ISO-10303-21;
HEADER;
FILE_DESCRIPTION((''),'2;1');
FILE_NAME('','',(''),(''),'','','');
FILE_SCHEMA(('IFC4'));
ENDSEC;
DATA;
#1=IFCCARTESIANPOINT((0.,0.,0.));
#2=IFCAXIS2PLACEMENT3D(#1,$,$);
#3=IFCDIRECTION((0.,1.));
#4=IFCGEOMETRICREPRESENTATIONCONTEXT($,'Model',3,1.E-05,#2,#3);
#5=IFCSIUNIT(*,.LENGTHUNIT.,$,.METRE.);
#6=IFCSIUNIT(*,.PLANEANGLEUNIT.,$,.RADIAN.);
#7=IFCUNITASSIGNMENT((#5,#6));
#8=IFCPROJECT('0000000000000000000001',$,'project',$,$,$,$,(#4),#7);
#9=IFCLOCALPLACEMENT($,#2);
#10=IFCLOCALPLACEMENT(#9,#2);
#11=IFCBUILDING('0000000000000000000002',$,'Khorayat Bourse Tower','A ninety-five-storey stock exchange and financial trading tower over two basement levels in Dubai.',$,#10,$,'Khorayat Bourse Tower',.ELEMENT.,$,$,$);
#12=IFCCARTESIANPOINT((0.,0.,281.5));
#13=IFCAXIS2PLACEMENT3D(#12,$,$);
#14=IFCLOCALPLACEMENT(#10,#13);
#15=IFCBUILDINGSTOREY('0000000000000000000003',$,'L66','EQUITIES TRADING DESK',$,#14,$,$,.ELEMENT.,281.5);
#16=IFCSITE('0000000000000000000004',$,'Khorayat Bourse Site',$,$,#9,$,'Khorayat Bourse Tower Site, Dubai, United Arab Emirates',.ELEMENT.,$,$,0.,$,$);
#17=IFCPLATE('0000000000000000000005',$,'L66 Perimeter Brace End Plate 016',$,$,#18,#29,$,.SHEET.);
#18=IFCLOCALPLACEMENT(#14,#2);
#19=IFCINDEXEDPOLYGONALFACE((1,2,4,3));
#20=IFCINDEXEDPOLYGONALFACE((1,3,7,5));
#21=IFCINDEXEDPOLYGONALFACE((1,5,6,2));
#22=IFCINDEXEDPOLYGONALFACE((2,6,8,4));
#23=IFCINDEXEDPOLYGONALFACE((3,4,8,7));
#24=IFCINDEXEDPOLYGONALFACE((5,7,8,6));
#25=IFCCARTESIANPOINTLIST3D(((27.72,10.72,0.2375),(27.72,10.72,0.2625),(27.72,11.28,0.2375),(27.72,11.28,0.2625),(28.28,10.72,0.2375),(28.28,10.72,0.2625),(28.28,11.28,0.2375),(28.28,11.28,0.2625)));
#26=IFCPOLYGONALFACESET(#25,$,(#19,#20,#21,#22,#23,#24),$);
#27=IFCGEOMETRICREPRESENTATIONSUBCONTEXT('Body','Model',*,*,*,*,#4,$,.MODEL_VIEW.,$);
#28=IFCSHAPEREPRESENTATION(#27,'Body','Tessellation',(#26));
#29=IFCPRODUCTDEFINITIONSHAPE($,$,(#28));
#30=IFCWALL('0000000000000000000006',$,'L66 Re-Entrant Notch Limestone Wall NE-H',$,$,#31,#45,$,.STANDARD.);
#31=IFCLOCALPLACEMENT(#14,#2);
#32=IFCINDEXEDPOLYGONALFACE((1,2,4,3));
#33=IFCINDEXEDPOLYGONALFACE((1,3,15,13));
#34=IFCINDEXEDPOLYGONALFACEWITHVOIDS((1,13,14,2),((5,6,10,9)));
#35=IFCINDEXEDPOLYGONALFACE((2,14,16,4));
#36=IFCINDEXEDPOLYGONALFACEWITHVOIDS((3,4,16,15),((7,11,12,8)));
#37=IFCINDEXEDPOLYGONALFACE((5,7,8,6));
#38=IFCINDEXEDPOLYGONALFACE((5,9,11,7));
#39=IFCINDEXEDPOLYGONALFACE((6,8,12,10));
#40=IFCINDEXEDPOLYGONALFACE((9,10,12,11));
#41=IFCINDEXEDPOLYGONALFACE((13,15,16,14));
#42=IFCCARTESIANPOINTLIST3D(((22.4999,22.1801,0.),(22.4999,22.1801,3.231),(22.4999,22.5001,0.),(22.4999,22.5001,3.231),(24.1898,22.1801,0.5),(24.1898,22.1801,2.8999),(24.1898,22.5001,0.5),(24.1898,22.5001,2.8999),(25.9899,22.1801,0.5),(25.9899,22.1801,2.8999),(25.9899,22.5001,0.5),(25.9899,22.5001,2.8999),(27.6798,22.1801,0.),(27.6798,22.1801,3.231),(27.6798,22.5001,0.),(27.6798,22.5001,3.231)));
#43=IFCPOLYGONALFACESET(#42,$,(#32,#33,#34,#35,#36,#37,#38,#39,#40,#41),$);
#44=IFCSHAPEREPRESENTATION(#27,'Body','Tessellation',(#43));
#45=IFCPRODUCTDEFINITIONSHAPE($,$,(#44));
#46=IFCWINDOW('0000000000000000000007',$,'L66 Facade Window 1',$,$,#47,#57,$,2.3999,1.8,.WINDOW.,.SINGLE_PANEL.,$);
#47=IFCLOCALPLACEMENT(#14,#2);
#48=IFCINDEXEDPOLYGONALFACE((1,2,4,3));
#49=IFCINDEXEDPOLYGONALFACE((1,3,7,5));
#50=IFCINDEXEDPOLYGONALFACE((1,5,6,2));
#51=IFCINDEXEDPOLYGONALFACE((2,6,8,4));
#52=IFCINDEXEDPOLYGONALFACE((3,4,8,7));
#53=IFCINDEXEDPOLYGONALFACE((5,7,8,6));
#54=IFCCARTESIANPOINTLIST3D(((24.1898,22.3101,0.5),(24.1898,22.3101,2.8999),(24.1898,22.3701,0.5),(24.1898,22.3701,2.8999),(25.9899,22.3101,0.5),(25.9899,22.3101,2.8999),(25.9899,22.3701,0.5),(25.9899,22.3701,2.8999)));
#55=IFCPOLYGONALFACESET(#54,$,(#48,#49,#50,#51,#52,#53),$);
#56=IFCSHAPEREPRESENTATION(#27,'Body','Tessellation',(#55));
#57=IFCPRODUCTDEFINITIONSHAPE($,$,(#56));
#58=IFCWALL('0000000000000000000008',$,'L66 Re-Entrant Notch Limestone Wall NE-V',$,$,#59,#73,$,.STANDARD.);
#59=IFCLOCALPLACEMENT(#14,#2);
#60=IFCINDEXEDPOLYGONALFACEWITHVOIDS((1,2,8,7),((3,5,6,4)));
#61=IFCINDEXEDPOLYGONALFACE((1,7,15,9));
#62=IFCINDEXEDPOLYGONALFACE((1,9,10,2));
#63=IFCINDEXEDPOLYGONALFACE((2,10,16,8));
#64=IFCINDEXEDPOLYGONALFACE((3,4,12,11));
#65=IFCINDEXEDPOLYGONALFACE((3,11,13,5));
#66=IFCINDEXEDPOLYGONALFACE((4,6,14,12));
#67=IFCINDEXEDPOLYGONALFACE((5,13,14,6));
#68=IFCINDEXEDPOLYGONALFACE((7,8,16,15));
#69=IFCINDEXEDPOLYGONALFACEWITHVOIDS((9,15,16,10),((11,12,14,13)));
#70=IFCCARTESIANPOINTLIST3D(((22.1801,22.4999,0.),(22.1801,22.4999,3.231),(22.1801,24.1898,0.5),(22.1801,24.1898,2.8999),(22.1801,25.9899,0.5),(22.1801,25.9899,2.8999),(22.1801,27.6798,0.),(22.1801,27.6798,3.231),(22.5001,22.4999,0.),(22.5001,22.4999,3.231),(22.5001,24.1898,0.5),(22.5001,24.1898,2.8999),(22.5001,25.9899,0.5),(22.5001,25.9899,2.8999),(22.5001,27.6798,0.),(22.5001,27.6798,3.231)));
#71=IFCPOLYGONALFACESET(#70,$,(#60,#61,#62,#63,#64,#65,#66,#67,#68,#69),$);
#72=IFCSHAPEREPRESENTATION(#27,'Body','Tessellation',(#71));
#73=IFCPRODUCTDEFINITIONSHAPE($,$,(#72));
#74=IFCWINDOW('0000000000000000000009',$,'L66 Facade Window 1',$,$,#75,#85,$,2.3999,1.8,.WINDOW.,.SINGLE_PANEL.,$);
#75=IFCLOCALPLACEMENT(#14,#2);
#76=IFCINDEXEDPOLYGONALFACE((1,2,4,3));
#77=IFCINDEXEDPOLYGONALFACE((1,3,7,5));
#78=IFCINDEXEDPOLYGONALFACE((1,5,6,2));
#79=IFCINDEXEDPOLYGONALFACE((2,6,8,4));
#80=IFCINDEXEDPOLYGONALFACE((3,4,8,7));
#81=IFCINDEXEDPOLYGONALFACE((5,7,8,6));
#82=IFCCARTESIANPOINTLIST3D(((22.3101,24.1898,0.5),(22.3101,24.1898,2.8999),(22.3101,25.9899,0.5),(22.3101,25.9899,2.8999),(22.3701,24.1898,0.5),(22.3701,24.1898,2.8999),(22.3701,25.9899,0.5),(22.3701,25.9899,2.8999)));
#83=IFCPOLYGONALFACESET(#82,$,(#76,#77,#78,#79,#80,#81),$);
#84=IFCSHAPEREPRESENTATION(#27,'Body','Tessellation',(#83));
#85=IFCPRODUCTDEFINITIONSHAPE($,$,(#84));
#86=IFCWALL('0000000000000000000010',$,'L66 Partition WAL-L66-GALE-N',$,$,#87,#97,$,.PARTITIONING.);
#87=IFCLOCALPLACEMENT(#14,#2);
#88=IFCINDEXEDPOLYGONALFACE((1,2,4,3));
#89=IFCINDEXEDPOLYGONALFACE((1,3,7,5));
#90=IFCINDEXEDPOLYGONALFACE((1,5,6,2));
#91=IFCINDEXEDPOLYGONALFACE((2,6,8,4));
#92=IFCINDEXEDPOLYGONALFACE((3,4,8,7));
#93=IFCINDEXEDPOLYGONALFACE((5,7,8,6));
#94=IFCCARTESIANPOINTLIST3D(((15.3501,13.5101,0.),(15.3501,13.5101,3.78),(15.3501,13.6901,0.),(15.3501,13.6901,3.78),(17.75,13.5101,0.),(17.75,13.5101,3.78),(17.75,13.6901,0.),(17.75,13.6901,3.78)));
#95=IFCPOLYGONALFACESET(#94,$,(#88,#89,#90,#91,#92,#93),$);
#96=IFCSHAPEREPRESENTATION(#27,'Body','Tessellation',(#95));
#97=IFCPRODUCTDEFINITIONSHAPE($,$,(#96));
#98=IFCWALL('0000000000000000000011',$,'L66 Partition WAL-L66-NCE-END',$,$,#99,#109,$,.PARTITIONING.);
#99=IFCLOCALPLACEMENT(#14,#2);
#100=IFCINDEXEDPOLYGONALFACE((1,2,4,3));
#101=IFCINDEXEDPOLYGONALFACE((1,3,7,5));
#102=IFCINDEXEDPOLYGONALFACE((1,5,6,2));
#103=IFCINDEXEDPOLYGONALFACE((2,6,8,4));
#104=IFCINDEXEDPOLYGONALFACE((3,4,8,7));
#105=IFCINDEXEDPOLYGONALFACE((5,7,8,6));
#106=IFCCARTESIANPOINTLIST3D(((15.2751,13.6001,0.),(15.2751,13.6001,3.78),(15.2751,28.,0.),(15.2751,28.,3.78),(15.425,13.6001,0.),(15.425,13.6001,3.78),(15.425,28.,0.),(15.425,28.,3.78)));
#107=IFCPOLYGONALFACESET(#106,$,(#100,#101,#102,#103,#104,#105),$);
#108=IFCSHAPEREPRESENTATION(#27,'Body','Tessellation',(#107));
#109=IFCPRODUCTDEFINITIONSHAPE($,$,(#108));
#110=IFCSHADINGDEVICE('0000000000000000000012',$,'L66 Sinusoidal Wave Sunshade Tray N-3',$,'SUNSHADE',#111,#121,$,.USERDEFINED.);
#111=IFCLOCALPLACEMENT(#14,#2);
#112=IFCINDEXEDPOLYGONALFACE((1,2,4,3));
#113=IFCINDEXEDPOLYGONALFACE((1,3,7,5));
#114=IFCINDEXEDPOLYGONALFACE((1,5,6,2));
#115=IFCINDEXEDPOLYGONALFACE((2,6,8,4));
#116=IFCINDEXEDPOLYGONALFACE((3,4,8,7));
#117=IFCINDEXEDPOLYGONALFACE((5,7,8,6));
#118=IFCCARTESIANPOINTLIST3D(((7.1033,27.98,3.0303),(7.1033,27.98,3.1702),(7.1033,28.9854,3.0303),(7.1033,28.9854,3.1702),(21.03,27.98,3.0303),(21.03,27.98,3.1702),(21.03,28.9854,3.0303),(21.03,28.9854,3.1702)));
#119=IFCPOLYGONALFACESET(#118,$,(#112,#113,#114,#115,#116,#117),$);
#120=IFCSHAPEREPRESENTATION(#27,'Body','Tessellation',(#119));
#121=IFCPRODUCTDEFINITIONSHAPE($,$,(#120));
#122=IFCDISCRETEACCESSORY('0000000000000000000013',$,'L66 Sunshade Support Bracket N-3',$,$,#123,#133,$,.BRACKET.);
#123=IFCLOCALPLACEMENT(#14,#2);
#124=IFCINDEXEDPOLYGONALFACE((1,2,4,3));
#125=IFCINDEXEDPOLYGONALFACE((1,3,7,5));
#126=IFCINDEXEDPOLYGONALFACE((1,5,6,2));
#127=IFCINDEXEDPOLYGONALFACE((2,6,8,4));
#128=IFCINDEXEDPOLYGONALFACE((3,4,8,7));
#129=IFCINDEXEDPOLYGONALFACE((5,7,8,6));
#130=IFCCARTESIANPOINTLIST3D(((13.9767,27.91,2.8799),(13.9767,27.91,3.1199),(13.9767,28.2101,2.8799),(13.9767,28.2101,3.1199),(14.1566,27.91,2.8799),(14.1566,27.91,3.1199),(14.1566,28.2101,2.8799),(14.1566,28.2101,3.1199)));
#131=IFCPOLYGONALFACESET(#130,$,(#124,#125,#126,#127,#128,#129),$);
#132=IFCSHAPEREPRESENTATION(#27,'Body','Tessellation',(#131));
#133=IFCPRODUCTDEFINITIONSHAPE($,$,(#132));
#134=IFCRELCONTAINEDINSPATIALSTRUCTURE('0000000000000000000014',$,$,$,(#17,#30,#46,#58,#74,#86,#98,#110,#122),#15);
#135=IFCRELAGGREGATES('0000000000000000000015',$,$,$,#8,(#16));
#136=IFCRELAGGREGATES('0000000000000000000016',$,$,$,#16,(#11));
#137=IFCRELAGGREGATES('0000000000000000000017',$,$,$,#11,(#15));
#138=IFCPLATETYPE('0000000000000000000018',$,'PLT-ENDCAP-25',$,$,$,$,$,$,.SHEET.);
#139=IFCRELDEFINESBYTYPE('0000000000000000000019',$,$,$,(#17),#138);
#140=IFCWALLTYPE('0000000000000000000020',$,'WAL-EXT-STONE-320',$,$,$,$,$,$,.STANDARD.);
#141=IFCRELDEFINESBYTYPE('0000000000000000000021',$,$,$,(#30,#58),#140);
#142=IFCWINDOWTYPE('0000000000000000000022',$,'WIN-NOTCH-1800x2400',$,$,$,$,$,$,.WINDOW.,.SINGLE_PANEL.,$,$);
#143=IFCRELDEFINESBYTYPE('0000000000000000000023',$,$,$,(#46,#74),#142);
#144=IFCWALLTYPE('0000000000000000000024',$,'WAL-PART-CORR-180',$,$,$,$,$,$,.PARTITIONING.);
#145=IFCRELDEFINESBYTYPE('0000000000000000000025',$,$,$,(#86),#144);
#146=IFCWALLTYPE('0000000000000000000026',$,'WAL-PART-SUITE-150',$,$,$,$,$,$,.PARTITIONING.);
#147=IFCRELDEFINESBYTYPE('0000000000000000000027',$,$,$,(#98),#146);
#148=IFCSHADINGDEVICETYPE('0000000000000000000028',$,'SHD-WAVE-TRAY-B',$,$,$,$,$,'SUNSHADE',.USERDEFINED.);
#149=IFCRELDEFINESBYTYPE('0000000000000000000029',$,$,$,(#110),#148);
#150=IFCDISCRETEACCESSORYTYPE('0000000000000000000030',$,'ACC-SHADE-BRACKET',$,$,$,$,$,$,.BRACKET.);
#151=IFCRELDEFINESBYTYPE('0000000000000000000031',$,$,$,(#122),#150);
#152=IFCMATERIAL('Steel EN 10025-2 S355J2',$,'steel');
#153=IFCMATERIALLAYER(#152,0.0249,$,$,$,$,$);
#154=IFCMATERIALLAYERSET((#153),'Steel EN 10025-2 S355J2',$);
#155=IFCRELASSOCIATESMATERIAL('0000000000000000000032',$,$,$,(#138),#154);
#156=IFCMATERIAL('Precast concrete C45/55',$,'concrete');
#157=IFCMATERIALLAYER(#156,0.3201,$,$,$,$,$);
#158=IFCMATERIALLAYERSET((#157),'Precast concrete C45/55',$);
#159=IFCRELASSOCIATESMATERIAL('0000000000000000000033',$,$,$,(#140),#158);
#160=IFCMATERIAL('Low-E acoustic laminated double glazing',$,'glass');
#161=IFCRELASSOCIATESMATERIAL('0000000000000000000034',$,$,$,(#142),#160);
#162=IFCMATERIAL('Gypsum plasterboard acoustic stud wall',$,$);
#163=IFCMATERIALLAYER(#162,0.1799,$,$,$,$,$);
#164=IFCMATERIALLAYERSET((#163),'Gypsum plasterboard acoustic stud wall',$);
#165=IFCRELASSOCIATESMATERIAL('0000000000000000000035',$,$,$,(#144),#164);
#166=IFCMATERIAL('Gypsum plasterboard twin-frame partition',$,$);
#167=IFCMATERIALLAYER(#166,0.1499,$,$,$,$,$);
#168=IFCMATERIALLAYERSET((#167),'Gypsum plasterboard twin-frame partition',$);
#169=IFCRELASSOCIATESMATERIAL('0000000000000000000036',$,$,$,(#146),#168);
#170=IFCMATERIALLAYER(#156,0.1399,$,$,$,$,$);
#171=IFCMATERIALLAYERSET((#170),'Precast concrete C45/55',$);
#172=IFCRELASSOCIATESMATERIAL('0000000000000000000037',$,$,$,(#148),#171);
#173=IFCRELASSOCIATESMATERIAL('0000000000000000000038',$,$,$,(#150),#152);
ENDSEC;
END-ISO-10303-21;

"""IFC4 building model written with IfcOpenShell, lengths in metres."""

from ifc_helpers import new_model, si_unit, direction, frame, frame_2d, origin, origin_2d, place, context, subcontext, project, spatial, rectangle, extrude, source, transform, mapped, material, layer, layer_set, type_object, element, fill, save


model = new_model("IFC4")

# Units and contexts
model_context = context("Model", 3, precision=1e-05, world=origin(), true_north=direction((0.0, 1.0)))
body_context = subcontext(model_context, "Body", "Model", "MODEL_VIEW")
ifc_project = project(units=[si_unit("LENGTHUNIT", "METRE"), si_unit("PLANEANGLEUNIT", "RADIAN")], contexts=[model_context])

# Site, building, storey
site_placement = place(None, origin())
site = spatial("IfcSite", under=ifc_project, at=site_placement, Name="Khorayat Bourse Site", LongName="Khorayat Bourse Tower Site, Dubai, United Arab Emirates", CompositionType="ELEMENT", RefElevation=0.0)
building_placement = place(site_placement, origin())
building = spatial("IfcBuilding", under=site, at=building_placement, Name="Khorayat Bourse Tower", Description="A ninety-five-storey stock exchange and financial trading tower over two basement levels in Dubai.", LongName="Khorayat Bourse Tower", CompositionType="ELEMENT")
storey_placement = place(building_placement, frame((0.0, 0.0, 281.5)))
storey = spatial("IfcBuildingStorey", under=building, at=storey_placement, Name="L66", Description="EQUITIES TRADING DESK", CompositionType="ELEMENT", Elevation=281.5)

# Plate
ifc_material_1 = material(Name="Steel EN 10025-2 S355J2", Category="steel")
ifc_layer_1 = layer(ifc_material_1, 0.0249)
ifc_layer_set_1 = layer_set([ifc_layer_1], Name="Steel EN 10025-2 S355J2")
plate_type = type_object("IfcPlateType", Name="PLT-ENDCAP-25", PredefinedType="SHEET", material=ifc_layer_set_1)
shared_shape_1 = source(origin(), body_context, "Body", "SweptSolid", [
    extrude(rectangle(XDim=0.5601, YDim=0.5601, at=origin_2d()), origin(), (0.0, 0.0, 1.0), 0.0249),
])
for number, where, z_axis, x_axis, name in (
    (1, (28.0, 11.0, 0.2375), (0.0, 0.0, 1.0), (1.0, 0.0, 0.0), "L66 Perimeter Brace End Plate 016"),
):
    element("IfcPlate", number, at=place(storey_placement, frame(where, z_axis=z_axis, x_axis=x_axis)), inside=storey, type_object=plate_type, Name=name, PredefinedType="SHEET", context=body_context, shape_type="MappedRepresentation", body=[
        mapped(shared_shape_1, transform((0.0, 0.0, 0.0), scale=1.0)),
    ])

# Walls, openings, windows
ifc_material_2 = material(Name="Precast concrete C45/55", Category="concrete")
ifc_layer_2 = layer(ifc_material_2, 0.3201)
ifc_layer_set_2 = layer_set([ifc_layer_2], Name="Precast concrete C45/55")
wall_type_1 = type_object("IfcWallType", Name="WAL-EXT-STONE-320", PredefinedType="STANDARD", material=ifc_layer_set_2)
shared_shape_2 = source(origin(), body_context, "Body", "SweptSolid", [
    extrude(rectangle(XDim=5.1799, YDim=0.3201, at=frame_2d((2.5898, 0.0))), origin(), (0.0, 0.0, 1.0), 3.231),
])
wall_1_placement = place(storey_placement, frame((22.5, 22.3401, 0.0), z_axis=(0.0, 0.0, 1.0), x_axis=(1.0, 0.0, 0.0)))
wall_1 = element("IfcWall", 2, at=wall_1_placement, inside=storey, type_object=wall_type_1, Name="L66 Re-Entrant Notch Limestone Wall NE-H", PredefinedType="STANDARD", context=body_context, shape_type="MappedRepresentation", body=[
    mapped(shared_shape_2, transform((0.0, 0.0, 0.0), scale=1.0)),
])
shared_shape_3 = source(origin(), body_context, "Body", "SweptSolid", [
    extrude(rectangle(XDim=1.8, YDim=2.3999, at=frame_2d((0.8999, 1.2))), frame((0.0, 0.1699, 0.0), z_axis=(0.0, -1.0, 0.0), x_axis=(1.0, 0.0, 0.0)), (0.0, 0.0, 1.0), 0.3401),
])
opening_1_placement = place(wall_1_placement, frame((1.6899, 0.0, 0.5)))
opening_1 = element("IfcOpeningElement", 3, at=opening_1_placement, cuts=wall_1, PredefinedType="OPENING", context=body_context, shape_type="MappedRepresentation", body=[
    mapped(shared_shape_3, transform((0.0, 0.0, 0.0), scale=1.0)),
])
ifc_material_3 = material(Name="Low-E acoustic laminated double glazing", Category="glass")
window_type = type_object("IfcWindowType", Name="WIN-NOTCH-1800x2400", PartitioningType="SINGLE_PANEL", PredefinedType="WINDOW", material=ifc_material_3)
shared_shape_4 = source(origin(), body_context, "Body", "SweptSolid", [
    extrude(rectangle(XDim=1.8, YDim=2.3999, at=frame_2d((0.8999, 1.2))), frame((0.0, 0.03, 0.0), z_axis=(0.0, -1.0, 0.0), x_axis=(1.0, 0.0, 0.0)), (0.0, 0.0, 1.0), 0.0601),
])
window_1_placement = place(opening_1_placement, origin())
window_1 = element("IfcWindow", 4, at=window_1_placement, inside=storey, type_object=window_type, Name="L66 Facade Window 1", OverallHeight=2.3999, OverallWidth=1.8, PartitioningType="SINGLE_PANEL", PredefinedType="WINDOW", context=body_context, shape_type="MappedRepresentation", body=[
    mapped(shared_shape_4, transform((0.0, 0.0, 0.0), scale=1.0)),
])
fill(opening_1, window_1)
wall_2_placement = place(storey_placement, frame((22.3401, 22.5, 0.0), z_axis=(0.0, 0.0, 1.0), x_axis=(0.0, 1.0, 0.0)))
wall_2 = element("IfcWall", 5, at=wall_2_placement, inside=storey, type_object=wall_type_1, Name="L66 Re-Entrant Notch Limestone Wall NE-V", PredefinedType="STANDARD", context=body_context, shape_type="MappedRepresentation", body=[
    mapped(shared_shape_2, transform((0.0, 0.0, 0.0), scale=1.0)),
])
opening_2_placement = place(wall_2_placement, frame((1.6899, 0.0, 0.5)))
opening_2 = element("IfcOpeningElement", 6, at=opening_2_placement, cuts=wall_2, PredefinedType="OPENING", context=body_context, shape_type="MappedRepresentation", body=[
    mapped(shared_shape_3, transform((0.0, 0.0, 0.0), scale=1.0)),
])
window_2_placement = place(opening_2_placement, origin())
window_2 = element("IfcWindow", 7, at=window_2_placement, inside=storey, type_object=window_type, Name="L66 Facade Window 1", OverallHeight=2.3999, OverallWidth=1.8, PartitioningType="SINGLE_PANEL", PredefinedType="WINDOW", context=body_context, shape_type="MappedRepresentation", body=[
    mapped(shared_shape_4, transform((0.0, 0.0, 0.0), scale=1.0)),
])
fill(opening_2, window_2)

# Walls
ifc_material_4 = material(Name="Gypsum plasterboard acoustic stud wall")
ifc_layer_3 = layer(ifc_material_4, 0.1799)
ifc_layer_set_3 = layer_set([ifc_layer_3], Name="Gypsum plasterboard acoustic stud wall")
wall_type_2 = type_object("IfcWallType", Name="WAL-PART-CORR-180", PredefinedType="PARTITIONING", material=ifc_layer_set_3)
shared_shape_5 = source(origin(), body_context, "Body", "SweptSolid", [
    extrude(rectangle(XDim=2.3999, YDim=0.1799, at=frame_2d((1.2, 0.0))), origin(), (0.0, 0.0, 1.0), 3.78),
])
wall_3_placement = place(storey_placement, frame((15.3501, 13.6001, 0.0), z_axis=(0.0, 0.0, 1.0), x_axis=(1.0, 0.0, 0.0)))
element("IfcWall", 8, at=wall_3_placement, inside=storey, type_object=wall_type_2, Name="L66 Partition WAL-L66-GALE-N", PredefinedType="PARTITIONING", context=body_context, shape_type="MappedRepresentation", body=[
    mapped(shared_shape_5, transform((0.0, 0.0, 0.0), scale=1.0)),
])
ifc_material_5 = material(Name="Gypsum plasterboard twin-frame partition")
ifc_layer_4 = layer(ifc_material_5, 0.1499)
ifc_layer_set_4 = layer_set([ifc_layer_4], Name="Gypsum plasterboard twin-frame partition")
wall_type_3 = type_object("IfcWallType", Name="WAL-PART-SUITE-150", PredefinedType="PARTITIONING", material=ifc_layer_set_4)
shared_shape_6 = source(origin(), body_context, "Body", "SweptSolid", [
    extrude(rectangle(XDim=14.3999, YDim=0.1499, at=frame_2d((7.2, 0.0))), origin(), (0.0, 0.0, 1.0), 3.78),
])
wall_4_placement = place(storey_placement, frame((15.3501, 13.6001, 0.0), z_axis=(0.0, 0.0, 1.0), x_axis=(0.0, 1.0, 0.0)))
element("IfcWall", 9, at=wall_4_placement, inside=storey, type_object=wall_type_3, Name="L66 Partition WAL-L66-NCE-END", PredefinedType="PARTITIONING", context=body_context, shape_type="MappedRepresentation", body=[
    mapped(shared_shape_6, transform((0.0, 0.0, 0.0), scale=1.0)),
])

# Shading device
ifc_layer_5 = layer(ifc_material_2, 0.1399)
ifc_layer_set_5 = layer_set([ifc_layer_5], Name="Precast concrete C45/55")
shading_device_type = type_object("IfcShadingDeviceType", Name="SHD-WAVE-TRAY-B", ElementType="SUNSHADE", PredefinedType="USERDEFINED", material=ifc_layer_set_5)
shared_shape_7 = source(origin(), body_context, "Body", "SweptSolid", [
    extrude(rectangle(XDim=13.9268, YDim=1.0054, at=origin_2d()), origin(), (0.0, 0.0, 1.0), 0.1399),
])
shading_device_placement = place(storey_placement, frame((14.0667, 28.4827, 3.0303), z_axis=(0.0, 0.0, 1.0), x_axis=(1.0, 0.0, 0.0)))
element("IfcShadingDevice", 10, at=shading_device_placement, inside=storey, type_object=shading_device_type, Name="L66 Sinusoidal Wave Sunshade Tray N-3", ObjectType="SUNSHADE", PredefinedType="USERDEFINED", context=body_context, shape_type="MappedRepresentation", body=[
    mapped(shared_shape_7, transform((0.0, 0.0, 0.0), scale=1.0)),
])

# Discrete accessory
discrete_accessory_type = type_object("IfcDiscreteAccessoryType", Name="ACC-SHADE-BRACKET", PredefinedType="BRACKET", material=ifc_material_1)
shared_shape_8 = source(origin(), body_context, "Body", "SweptSolid", [
    extrude(rectangle(XDim=0.1799, YDim=0.3, at=origin_2d()), origin(), (0.0, 0.0, 1.0), 0.24),
])
discrete_accessory_placement = place(storey_placement, frame((14.0667, 28.0601, 2.8799), z_axis=(0.0, 0.0, 1.0), x_axis=(1.0, 0.0, 0.0)))
element("IfcDiscreteAccessory", 11, at=discrete_accessory_placement, inside=storey, type_object=discrete_accessory_type, Name="L66 Sunshade Support Bracket N-3", PredefinedType="BRACKET", context=body_context, shape_type="MappedRepresentation", body=[
    mapped(shared_shape_8, transform((0.0, 0.0, 0.0), scale=1.0)),
])

save(model, "model.ifc")
